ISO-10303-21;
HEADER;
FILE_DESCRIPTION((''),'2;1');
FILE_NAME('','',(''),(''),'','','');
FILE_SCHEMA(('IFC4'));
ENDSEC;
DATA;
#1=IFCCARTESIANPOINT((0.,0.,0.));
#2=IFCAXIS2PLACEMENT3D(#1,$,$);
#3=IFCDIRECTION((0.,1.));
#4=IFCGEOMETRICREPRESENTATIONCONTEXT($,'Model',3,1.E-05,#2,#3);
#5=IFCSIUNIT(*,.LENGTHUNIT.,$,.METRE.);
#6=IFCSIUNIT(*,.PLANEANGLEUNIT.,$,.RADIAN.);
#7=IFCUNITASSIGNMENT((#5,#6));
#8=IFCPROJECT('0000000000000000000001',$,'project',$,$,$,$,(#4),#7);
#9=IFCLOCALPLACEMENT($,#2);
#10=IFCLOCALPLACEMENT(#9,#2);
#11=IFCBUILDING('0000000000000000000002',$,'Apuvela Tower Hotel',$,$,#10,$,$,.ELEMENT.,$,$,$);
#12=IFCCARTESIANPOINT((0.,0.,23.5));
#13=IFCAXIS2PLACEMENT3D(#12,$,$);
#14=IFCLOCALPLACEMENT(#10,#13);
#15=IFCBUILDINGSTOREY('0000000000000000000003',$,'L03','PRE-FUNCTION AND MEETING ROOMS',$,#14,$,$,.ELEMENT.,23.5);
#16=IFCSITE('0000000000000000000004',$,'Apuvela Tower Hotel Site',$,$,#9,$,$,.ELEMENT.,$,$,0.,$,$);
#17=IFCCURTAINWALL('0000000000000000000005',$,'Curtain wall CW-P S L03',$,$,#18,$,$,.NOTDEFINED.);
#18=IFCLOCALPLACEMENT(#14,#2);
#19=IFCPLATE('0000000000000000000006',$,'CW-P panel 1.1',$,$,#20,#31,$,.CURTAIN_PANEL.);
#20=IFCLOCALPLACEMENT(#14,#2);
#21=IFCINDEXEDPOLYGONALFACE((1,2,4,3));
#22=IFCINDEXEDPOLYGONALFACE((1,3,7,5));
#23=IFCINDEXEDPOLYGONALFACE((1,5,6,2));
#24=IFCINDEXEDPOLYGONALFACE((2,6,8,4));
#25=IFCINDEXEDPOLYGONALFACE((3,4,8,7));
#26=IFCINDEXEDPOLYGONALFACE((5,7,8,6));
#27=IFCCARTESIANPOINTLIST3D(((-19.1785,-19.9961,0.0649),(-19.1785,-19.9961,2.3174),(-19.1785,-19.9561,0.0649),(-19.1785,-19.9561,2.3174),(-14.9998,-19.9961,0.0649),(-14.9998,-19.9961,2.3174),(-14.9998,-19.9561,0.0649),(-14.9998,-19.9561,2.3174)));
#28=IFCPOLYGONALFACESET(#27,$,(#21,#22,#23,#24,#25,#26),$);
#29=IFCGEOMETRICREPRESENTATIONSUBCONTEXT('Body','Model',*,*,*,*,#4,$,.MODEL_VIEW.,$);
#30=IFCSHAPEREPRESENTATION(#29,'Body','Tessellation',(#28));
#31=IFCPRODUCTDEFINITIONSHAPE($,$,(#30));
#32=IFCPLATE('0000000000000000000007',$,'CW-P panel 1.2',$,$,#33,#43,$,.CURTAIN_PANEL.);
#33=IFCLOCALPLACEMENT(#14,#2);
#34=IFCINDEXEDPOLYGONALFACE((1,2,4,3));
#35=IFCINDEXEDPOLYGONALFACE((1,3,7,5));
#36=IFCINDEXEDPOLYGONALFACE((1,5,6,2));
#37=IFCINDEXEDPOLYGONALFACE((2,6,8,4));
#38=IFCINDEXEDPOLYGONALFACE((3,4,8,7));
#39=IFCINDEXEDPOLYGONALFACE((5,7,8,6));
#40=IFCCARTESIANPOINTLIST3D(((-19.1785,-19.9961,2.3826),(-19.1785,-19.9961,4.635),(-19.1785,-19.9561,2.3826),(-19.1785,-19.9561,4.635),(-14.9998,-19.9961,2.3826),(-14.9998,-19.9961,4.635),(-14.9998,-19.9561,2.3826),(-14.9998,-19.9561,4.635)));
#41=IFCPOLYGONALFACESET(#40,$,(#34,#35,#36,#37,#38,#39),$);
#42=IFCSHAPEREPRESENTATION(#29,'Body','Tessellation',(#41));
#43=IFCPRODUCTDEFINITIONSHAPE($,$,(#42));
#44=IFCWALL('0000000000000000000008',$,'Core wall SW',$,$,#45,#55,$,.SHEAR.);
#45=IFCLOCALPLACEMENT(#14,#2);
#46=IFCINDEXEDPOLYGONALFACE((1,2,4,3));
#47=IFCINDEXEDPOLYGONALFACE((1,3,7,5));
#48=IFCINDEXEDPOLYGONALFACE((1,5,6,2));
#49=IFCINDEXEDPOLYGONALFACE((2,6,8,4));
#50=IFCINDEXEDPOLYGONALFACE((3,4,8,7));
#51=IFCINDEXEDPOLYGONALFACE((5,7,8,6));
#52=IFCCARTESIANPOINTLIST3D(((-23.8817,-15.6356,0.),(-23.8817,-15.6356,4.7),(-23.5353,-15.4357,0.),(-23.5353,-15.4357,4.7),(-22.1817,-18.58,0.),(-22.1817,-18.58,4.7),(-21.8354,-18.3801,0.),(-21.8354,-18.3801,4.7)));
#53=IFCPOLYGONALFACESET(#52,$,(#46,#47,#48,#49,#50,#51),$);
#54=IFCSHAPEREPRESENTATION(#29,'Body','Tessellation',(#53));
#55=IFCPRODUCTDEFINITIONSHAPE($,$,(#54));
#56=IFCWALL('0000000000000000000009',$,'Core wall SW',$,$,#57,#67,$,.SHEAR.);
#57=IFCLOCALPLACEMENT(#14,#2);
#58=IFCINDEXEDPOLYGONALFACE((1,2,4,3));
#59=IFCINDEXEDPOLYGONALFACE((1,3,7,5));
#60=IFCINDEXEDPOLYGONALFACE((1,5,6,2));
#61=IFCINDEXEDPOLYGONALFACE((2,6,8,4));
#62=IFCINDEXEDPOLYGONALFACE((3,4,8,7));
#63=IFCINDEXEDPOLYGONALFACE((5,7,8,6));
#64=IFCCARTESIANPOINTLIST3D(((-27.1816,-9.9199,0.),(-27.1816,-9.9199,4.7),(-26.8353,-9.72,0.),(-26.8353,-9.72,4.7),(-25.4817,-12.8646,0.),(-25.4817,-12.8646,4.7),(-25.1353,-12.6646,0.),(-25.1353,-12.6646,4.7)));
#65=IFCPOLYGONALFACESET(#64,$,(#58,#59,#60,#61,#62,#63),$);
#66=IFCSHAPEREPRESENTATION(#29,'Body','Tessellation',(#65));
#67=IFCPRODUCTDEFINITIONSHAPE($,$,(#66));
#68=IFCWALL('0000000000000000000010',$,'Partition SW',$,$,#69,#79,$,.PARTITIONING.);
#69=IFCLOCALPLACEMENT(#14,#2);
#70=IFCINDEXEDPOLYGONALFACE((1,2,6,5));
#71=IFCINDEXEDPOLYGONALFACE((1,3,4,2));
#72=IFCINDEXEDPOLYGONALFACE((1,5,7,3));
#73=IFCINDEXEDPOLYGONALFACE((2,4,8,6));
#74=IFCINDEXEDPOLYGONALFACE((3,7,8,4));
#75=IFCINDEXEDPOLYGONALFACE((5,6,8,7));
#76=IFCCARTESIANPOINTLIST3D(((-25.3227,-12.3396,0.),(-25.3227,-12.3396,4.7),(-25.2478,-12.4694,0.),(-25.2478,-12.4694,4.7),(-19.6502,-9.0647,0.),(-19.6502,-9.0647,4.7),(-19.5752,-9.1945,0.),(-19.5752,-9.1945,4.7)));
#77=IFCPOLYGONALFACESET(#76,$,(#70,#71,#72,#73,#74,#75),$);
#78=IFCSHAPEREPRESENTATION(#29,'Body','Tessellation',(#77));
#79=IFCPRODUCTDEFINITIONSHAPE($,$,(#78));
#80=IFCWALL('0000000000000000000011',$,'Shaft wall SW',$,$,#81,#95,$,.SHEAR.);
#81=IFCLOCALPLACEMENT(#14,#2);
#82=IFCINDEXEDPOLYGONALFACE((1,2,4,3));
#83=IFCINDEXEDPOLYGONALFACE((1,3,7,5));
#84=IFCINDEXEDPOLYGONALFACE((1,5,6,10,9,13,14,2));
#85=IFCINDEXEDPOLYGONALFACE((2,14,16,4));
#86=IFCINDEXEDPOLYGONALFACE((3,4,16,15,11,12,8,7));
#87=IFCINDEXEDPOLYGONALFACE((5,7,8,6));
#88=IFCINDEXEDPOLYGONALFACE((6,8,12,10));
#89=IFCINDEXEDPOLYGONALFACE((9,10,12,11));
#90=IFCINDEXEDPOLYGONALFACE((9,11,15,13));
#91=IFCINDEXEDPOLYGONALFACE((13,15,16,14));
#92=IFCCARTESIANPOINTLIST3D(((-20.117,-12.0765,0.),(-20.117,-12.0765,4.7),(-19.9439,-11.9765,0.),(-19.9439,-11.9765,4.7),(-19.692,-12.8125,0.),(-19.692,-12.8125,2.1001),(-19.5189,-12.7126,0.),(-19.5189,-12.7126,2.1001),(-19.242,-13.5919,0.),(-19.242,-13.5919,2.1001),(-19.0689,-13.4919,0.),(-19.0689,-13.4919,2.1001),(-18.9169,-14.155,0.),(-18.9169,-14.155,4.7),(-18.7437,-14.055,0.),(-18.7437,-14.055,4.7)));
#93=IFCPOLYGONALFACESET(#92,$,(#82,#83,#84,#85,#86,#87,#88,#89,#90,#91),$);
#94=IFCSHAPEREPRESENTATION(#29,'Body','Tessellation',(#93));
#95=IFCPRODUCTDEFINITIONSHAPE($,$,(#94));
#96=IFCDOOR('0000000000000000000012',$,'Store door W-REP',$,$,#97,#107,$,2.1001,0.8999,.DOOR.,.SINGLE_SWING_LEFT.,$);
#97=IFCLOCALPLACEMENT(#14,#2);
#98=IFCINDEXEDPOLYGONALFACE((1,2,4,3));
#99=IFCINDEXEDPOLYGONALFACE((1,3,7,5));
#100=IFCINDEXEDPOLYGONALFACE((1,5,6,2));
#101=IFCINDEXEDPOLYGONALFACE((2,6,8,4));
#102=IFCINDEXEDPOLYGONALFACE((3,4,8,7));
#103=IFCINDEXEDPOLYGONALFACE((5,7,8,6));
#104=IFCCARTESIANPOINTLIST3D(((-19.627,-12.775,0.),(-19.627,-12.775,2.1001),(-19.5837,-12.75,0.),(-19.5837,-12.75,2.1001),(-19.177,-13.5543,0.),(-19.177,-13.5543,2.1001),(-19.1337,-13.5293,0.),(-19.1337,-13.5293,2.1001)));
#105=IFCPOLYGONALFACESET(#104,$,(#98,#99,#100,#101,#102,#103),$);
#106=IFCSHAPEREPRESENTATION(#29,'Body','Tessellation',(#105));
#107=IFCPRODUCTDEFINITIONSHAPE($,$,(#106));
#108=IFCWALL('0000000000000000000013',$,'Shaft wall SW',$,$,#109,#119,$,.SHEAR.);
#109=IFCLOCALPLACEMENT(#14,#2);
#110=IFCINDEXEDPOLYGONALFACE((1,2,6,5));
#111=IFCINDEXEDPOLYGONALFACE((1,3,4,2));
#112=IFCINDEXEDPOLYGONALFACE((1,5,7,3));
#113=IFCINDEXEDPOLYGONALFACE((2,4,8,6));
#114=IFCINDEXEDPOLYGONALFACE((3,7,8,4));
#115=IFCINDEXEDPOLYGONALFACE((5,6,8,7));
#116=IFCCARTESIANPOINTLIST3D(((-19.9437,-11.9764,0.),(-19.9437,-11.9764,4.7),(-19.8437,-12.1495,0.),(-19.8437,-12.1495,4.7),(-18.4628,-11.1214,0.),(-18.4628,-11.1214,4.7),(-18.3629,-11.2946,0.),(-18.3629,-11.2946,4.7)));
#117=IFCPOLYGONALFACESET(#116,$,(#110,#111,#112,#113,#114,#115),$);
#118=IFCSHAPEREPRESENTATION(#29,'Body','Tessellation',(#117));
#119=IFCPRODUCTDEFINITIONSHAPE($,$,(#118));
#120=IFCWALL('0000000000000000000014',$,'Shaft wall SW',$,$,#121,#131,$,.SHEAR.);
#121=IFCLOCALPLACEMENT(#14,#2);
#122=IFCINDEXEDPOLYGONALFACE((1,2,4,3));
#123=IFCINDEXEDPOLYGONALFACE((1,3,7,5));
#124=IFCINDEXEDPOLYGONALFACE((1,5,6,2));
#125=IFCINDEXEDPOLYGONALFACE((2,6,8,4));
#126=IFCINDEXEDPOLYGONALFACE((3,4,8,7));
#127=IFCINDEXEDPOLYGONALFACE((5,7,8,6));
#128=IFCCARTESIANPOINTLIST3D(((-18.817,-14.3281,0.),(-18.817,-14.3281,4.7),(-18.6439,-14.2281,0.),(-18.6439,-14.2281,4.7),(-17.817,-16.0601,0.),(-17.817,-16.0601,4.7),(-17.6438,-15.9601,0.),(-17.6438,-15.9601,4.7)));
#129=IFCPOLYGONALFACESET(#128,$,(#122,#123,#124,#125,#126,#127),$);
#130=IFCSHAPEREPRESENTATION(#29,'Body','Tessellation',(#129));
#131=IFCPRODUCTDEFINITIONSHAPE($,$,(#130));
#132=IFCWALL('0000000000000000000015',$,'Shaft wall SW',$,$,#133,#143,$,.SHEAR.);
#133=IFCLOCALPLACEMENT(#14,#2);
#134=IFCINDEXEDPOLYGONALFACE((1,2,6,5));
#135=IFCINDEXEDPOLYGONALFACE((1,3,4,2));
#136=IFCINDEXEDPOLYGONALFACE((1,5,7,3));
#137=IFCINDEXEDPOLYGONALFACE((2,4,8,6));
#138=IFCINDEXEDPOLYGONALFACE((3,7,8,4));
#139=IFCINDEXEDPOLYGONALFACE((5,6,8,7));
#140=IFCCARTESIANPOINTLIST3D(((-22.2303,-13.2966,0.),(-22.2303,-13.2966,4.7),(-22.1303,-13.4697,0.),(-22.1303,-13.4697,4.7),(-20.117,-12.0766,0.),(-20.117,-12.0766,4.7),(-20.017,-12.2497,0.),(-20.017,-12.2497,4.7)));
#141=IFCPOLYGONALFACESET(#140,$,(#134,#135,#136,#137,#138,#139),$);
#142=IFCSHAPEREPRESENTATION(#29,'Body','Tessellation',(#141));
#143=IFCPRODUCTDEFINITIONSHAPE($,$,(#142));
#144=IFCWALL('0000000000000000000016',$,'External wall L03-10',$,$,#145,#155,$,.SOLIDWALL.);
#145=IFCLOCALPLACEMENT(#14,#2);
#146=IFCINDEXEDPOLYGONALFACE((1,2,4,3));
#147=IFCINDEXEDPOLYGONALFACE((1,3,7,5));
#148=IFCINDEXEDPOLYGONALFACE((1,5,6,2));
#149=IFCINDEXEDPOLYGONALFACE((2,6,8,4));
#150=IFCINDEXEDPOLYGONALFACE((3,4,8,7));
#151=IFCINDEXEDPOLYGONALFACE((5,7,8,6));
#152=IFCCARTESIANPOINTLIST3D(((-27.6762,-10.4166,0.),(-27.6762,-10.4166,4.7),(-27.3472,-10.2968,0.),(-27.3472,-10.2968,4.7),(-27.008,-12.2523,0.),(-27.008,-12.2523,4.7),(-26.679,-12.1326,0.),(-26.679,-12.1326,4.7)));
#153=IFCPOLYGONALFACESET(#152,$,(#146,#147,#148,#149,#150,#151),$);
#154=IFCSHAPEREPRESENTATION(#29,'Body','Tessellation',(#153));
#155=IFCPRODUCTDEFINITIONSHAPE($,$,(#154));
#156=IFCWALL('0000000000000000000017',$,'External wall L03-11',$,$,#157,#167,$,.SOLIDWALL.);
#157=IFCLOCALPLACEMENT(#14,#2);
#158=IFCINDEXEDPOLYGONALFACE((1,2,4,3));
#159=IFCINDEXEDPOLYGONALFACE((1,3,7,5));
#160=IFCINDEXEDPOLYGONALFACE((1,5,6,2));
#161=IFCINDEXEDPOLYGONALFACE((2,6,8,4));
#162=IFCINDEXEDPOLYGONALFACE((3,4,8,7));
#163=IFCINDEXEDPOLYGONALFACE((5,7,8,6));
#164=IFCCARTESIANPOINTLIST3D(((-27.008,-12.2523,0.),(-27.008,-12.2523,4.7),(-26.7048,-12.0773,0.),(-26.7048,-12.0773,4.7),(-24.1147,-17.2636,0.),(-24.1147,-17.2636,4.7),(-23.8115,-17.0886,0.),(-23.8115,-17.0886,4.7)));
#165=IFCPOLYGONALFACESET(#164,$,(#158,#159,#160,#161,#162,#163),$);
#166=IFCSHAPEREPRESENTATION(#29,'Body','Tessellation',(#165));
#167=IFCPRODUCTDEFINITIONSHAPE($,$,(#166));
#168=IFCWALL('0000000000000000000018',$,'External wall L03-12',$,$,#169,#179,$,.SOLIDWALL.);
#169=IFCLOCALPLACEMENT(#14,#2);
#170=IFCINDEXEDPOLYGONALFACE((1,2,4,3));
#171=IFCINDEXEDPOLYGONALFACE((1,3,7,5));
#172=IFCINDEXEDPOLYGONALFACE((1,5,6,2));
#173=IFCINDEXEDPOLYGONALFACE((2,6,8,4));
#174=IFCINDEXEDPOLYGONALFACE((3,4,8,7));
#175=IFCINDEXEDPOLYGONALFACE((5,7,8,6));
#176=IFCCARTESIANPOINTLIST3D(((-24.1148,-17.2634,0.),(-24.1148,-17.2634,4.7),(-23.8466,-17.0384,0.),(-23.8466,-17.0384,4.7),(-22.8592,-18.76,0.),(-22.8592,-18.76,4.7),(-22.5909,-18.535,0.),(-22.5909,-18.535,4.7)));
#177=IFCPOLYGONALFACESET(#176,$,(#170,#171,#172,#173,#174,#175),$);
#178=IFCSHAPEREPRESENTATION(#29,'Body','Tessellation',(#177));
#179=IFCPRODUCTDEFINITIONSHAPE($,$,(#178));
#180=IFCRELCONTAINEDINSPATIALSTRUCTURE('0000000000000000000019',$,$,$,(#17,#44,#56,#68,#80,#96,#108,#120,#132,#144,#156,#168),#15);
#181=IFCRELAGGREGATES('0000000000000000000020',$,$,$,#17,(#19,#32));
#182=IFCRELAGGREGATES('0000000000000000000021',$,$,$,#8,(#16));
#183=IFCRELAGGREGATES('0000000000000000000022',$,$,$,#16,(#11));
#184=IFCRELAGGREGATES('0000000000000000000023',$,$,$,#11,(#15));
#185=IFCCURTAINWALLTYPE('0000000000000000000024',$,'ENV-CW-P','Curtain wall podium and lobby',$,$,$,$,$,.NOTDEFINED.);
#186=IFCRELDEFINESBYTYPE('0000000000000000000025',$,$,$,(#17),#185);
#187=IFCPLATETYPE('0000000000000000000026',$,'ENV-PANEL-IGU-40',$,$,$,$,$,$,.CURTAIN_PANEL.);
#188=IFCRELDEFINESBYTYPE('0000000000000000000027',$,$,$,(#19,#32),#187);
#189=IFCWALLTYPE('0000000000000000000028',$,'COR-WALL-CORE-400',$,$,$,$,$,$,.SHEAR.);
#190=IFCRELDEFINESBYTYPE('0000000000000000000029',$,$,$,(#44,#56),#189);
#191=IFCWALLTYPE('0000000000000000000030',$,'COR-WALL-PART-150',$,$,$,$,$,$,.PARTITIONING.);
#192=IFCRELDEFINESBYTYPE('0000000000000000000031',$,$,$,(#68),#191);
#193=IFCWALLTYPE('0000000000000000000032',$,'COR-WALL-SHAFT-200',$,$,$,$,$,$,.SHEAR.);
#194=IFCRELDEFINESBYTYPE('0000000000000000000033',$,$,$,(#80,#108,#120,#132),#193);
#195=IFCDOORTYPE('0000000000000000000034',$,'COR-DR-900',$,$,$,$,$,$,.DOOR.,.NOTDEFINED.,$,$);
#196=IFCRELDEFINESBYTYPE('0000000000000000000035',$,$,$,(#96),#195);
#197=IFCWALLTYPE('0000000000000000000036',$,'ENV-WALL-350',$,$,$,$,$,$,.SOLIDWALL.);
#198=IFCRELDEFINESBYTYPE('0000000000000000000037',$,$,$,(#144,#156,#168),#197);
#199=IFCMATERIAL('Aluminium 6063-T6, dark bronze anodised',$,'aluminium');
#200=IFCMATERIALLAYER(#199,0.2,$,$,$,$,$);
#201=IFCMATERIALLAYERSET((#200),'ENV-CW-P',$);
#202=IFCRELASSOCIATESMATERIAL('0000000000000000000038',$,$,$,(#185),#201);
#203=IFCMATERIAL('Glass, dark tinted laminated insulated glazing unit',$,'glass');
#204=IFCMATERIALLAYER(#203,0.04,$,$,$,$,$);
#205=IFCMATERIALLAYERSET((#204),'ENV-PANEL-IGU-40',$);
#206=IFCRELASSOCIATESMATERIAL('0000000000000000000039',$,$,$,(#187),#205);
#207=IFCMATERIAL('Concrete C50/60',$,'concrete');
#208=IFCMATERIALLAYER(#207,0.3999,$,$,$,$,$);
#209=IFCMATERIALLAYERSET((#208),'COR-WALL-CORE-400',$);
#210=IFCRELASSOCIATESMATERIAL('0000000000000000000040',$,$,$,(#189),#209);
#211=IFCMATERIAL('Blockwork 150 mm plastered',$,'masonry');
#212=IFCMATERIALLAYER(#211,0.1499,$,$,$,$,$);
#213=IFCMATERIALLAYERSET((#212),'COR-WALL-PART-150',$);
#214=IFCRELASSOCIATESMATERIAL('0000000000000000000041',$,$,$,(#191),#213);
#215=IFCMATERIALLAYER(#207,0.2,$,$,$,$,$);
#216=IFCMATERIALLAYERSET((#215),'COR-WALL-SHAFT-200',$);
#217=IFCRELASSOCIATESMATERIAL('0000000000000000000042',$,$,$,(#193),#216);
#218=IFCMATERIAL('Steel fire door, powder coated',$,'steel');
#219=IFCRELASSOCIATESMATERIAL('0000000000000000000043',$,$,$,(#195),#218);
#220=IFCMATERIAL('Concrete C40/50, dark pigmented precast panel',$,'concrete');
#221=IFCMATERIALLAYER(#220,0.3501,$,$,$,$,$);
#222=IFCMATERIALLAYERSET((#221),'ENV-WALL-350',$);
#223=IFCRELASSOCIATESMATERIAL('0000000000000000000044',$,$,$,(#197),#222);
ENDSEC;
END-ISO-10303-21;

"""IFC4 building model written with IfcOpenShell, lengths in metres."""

from ifc_helpers import new_model, si_unit, direction, frame, frame_2d, origin, origin_2d, place, context, subcontext, project, spatial, rectangle, extrude, material, layer, layer_set, type_object, element, fill, aggregate, save


model = new_model("IFC4")

# Units and contexts
model_context = context("Model", 3, precision=1e-05, world=origin(), true_north=direction((0.0, 1.0)))
body_context = subcontext(model_context, "Body", "Model", "MODEL_VIEW")
ifc_project = project(units=[si_unit("LENGTHUNIT", "METRE"), si_unit("PLANEANGLEUNIT", "RADIAN")], contexts=[model_context])

# Site, building, storey
site_placement = place(None, origin())
site = spatial("IfcSite", under=ifc_project, at=site_placement, Name="Apuvela Tower Hotel Site", CompositionType="ELEMENT", RefElevation=0.0)
building_placement = place(site_placement, origin())
building = spatial("IfcBuilding", under=site, at=building_placement, Name="Apuvela Tower Hotel", CompositionType="ELEMENT")
storey_placement = place(building_placement, frame((0.0, 0.0, 23.5)))
storey = spatial("IfcBuildingStorey", under=building, at=storey_placement, Name="L03", Description="PRE-FUNCTION AND MEETING ROOMS", CompositionType="ELEMENT", Elevation=23.5)

# Curtain wall
ifc_material_1 = material(Name="Aluminium 6063-T6, dark bronze anodised", Category="aluminium")
ifc_layer_1 = layer(ifc_material_1, 0.2)
ifc_layer_set_1 = layer_set([ifc_layer_1], Name="ENV-CW-P")
curtain_wall_type = type_object("IfcCurtainWallType", Name="ENV-CW-P", Description="Curtain wall podium and lobby", PredefinedType="NOTDEFINED", material=ifc_layer_set_1)
curtain_wall_placement = place(storey_placement, origin())
curtain_wall = element("IfcCurtainWall", 1, at=curtain_wall_placement, inside=storey, type_object=curtain_wall_type, Name="Curtain wall CW-P S L03", PredefinedType="NOTDEFINED")

# Plates
ifc_material_2 = material(Name="Glass, dark tinted laminated insulated glazing unit", Category="glass")
ifc_layer_2 = layer(ifc_material_2, 0.04)
ifc_layer_set_2 = layer_set([ifc_layer_2], Name="ENV-PANEL-IGU-40")
plate_type = type_object("IfcPlateType", Name="ENV-PANEL-IGU-40", PredefinedType="CURTAIN_PANEL", material=ifc_layer_set_2)
plate_1_placement = place(storey_placement, frame((-17.0891, -19.9761, 0.0649), z_axis=(0.0, 0.0, 1.0), x_axis=(1.0, 0.0, 0.0)))
plate_1 = element("IfcPlate", 2, at=plate_1_placement, type_object=plate_type, Name="CW-P panel 1.1", PredefinedType="CURTAIN_PANEL", context=body_context, shape_type="SweptSolid", body=[
    extrude(rectangle(XDim=4.1787, YDim=0.04, at=origin_2d()), origin(), (0.0, 0.0, 1.0), 2.2524),
])
plate_2_placement = place(storey_placement, frame((-17.0891, -19.9761, 2.3826), z_axis=(0.0, 0.0, 1.0), x_axis=(1.0, 0.0, 0.0)))
plate_2 = element("IfcPlate", 3, at=plate_2_placement, type_object=plate_type, Name="CW-P panel 1.2", PredefinedType="CURTAIN_PANEL", context=body_context, shape_type="SweptSolid", body=[
    extrude(rectangle(XDim=4.1787, YDim=0.04, at=origin_2d()), origin(), (0.0, 0.0, 1.0), 2.2524),
])
aggregate(curtain_wall, [plate_1, plate_2])

# Walls
ifc_material_3 = material(Name="Concrete C50/60", Category="concrete")
ifc_layer_3 = layer(ifc_material_3, 0.3999)
ifc_layer_set_3 = layer_set([ifc_layer_3], Name="COR-WALL-CORE-400")
wall_type_1 = type_object("IfcWallType", Name="COR-WALL-CORE-400", PredefinedType="SHEAR", material=ifc_layer_set_3)
wall_1_placement = place(storey_placement, frame((-23.7085, -15.5356, 0.0), z_axis=(0.0, 0.0, 1.0), x_axis=(0.500008, -0.866021, 0.0)))
element("IfcWall", 4, at=wall_1_placement, inside=storey, type_object=wall_type_1, Name="Core wall SW", PredefinedType="SHEAR", context=body_context, shape_type="SweptSolid", body=[
    extrude(rectangle(XDim=3.3999, YDim=0.3999, at=frame_2d((1.7, 0.0))), origin(), (0.0, 0.0, 1.0), 4.7),
])
wall_2_placement = place(storey_placement, frame((-27.0085, -9.8198, 0.0), z_axis=(0.0, 0.0, 1.0), x_axis=(0.499977, -0.866039, 0.0)))
element("IfcWall", 5, at=wall_2_placement, inside=storey, type_object=wall_type_1, Name="Core wall SW", PredefinedType="SHEAR", context=body_context, shape_type="SweptSolid", body=[
    extrude(rectangle(XDim=3.4001, YDim=0.3999, at=frame_2d((1.7002, 0.0))), origin(), (0.0, 0.0, 1.0), 4.7),
])
ifc_material_4 = material(Name="Blockwork 150 mm plastered", Category="masonry")
ifc_layer_4 = layer(ifc_material_4, 0.1499)
ifc_layer_set_4 = layer_set([ifc_layer_4], Name="COR-WALL-PART-150")
wall_type_2 = type_object("IfcWallType", Name="COR-WALL-PART-150", PredefinedType="PARTITIONING", material=ifc_layer_set_4)
wall_3_placement = place(storey_placement, frame((-19.6128, -9.1296, 0.0), z_axis=(0.0, 0.0, 1.0), x_axis=(-0.866037, -0.499979, 0.0)))
element("IfcWall", 6, at=wall_3_placement, inside=storey, type_object=wall_type_2, Name="Partition SW", PredefinedType="PARTITIONING", context=body_context, shape_type="SweptSolid", body=[
    extrude(rectangle(XDim=6.55, YDim=0.1499, at=frame_2d((3.2749, 0.0))), origin(), (0.0, 0.0, 1.0), 4.7),
])

# Wall, opening, door
ifc_layer_5 = layer(ifc_material_3, 0.2)
ifc_layer_set_5 = layer_set([ifc_layer_5], Name="COR-WALL-SHAFT-200")
wall_type_3 = type_object("IfcWallType", Name="COR-WALL-SHAFT-200", PredefinedType="SHEAR", material=ifc_layer_set_5)
wall_4_placement = place(storey_placement, frame((-20.0305, -12.0264, 0.0), z_axis=(0.0, 0.0, 1.0), x_axis=(0.500034, -0.866006, 0.0)))
wall_4 = element("IfcWall", 7, at=wall_4_placement, inside=storey, type_object=wall_type_3, Name="Shaft wall SW", PredefinedType="SHEAR", context=body_context, shape_type="SweptSolid", body=[
    extrude(rectangle(XDim=2.4001, YDim=0.2, at=frame_2d((1.2002, 0.0))), origin(), (0.0, 0.0, 1.0), 4.7),
])
opening_placement = place(wall_4_placement, frame((0.8501, 0.0, 0.0)))
opening = element("IfcOpeningElement", 8, at=opening_placement, cuts=wall_4, PredefinedType="OPENING", context=body_context, shape_type="SweptSolid", body=[
    extrude(rectangle(XDim=0.8999, YDim=2.1001, at=frame_2d((0.45, 1.05))), frame((0.0, 0.1099, 0.0), z_axis=(0.0, -1.0, 0.0), x_axis=(1.0, 0.0, 0.0)), (0.0, 0.0, 1.0), 0.22),
])
ifc_material_5 = material(Name="Steel fire door, powder coated", Category="steel")
door_type = type_object("IfcDoorType", Name="COR-DR-900", OperationType="NOTDEFINED", PredefinedType="DOOR", material=ifc_material_5)
door_placement = place(opening_placement, frame((0.8999, 0.0, 0.0), z_axis=(0.0, 0.0, 1.0), x_axis=(-1.0, 0.0, 0.0)))
door = element("IfcDoor", 9, at=door_placement, inside=storey, type_object=door_type, Name="Store door W-REP", OperationType="SINGLE_SWING_LEFT", OverallHeight=2.1001, OverallWidth=0.8999, PredefinedType="DOOR", context=body_context, shape_type="SweptSolid", body=[
    extrude(rectangle(XDim=0.8999, YDim=2.1001, at=frame_2d((0.45, 1.05))), frame((0.0, 0.0249, 0.0), z_axis=(0.0, -1.0, 0.0), x_axis=(1.0, 0.0, 0.0)), (0.0, 0.0, 1.0), 0.05),
])
fill(opening, door)

# Walls
wall_5_placement = place(storey_placement, frame((-18.4128, -11.208, 0.0), z_axis=(0.0, 0.0, 1.0), x_axis=(-0.866038, -0.499978, 0.0)))
element("IfcWall", 10, at=wall_5_placement, inside=storey, type_object=wall_type_3, Name="Shaft wall SW", PredefinedType="SHEAR", context=body_context, shape_type="SweptSolid", body=[
    extrude(rectangle(XDim=1.71, YDim=0.2, at=frame_2d((0.855, 0.0))), origin(), (0.0, 0.0, 1.0), 4.7),
])
wall_6_placement = place(storey_placement, frame((-18.7305, -14.2781, 0.0), z_axis=(0.0, 0.0, 1.0), x_axis=(0.500025, -0.866011, 0.0)))
element("IfcWall", 11, at=wall_6_placement, inside=storey, type_object=wall_type_3, Name="Shaft wall SW", PredefinedType="SHEAR", context=body_context, shape_type="SweptSolid", body=[
    extrude(rectangle(XDim=2.0, YDim=0.2, at=frame_2d((1.0, 0.0))), origin(), (0.0, 0.0, 1.0), 4.7),
])
wall_7_placement = place(storey_placement, frame((-20.0669, -12.1631, 0.0), z_axis=(0.0, 0.0, 1.0), x_axis=(-0.866049, -0.499959, 0.0)))
element("IfcWall", 12, at=wall_7_placement, inside=storey, type_object=wall_type_3, Name="Shaft wall SW", PredefinedType="SHEAR", context=body_context, shape_type="SweptSolid", body=[
    extrude(rectangle(XDim=2.4402, YDim=0.2, at=frame_2d((1.2202, 0.0))), origin(), (0.0, 0.0, 1.0), 4.7),
])
ifc_material_6 = material(Name="Concrete C40/50, dark pigmented precast panel", Category="concrete")
ifc_layer_6 = layer(ifc_material_6, 0.3501)
ifc_layer_set_6 = layer_set([ifc_layer_6], Name="ENV-WALL-350")
wall_type_4 = type_object("IfcWallType", Name="ENV-WALL-350", PredefinedType="SOLIDWALL", material=ifc_layer_set_6)
wall_8_placement = place(storey_placement, frame((-27.5117, -10.3567, 0.0), z_axis=(0.0, 0.0, 1.0), x_axis=(0.342054, -0.93968, 0.0)))
element("IfcWall", 13, at=wall_8_placement, inside=storey, type_object=wall_type_4, Name="External wall L03-10", PredefinedType="SOLIDWALL", context=body_context, shape_type="SweptSolid", body=[
    extrude(rectangle(XDim=1.9536, YDim=0.3501, at=frame_2d((0.9768, 0.0))), origin(), (0.0, 0.0, 1.0), 4.7),
])
wall_9_placement = place(storey_placement, frame((-26.8564, -12.1648, 0.0), z_axis=(0.0, 0.0, 1.0), x_axis=(0.50001, -0.86602, 0.0)))
element("IfcWall", 14, at=wall_9_placement, inside=storey, type_object=wall_type_4, Name="External wall L03-11", PredefinedType="SOLIDWALL", context=body_context, shape_type="SweptSolid", body=[
    extrude(rectangle(XDim=5.7866, YDim=0.3501, at=frame_2d((2.8933, 0.0))), origin(), (0.0, 0.0, 1.0), 4.7),
])
for number, where, z_axis, x_axis, name in (
    (15, (-23.9807, -17.1509, 0.0), (0.0, 0.0, 1.0), (0.642738, -0.766086, 0.0), "External wall L03-12"),
):
    element("IfcWall", number, at=place(storey_placement, frame(where, z_axis=z_axis, x_axis=x_axis)), inside=storey, type_object=wall_type_4, Name=name, PredefinedType="SOLIDWALL", context=body_context, shape_type="SweptSolid", body=[
        extrude(rectangle(XDim=1.9536, YDim=0.3501, at=frame_2d((0.9768, 0.0))), origin(), (0.0, 0.0, 1.0), 4.7),
    ])

save(model, "model.ifc")
